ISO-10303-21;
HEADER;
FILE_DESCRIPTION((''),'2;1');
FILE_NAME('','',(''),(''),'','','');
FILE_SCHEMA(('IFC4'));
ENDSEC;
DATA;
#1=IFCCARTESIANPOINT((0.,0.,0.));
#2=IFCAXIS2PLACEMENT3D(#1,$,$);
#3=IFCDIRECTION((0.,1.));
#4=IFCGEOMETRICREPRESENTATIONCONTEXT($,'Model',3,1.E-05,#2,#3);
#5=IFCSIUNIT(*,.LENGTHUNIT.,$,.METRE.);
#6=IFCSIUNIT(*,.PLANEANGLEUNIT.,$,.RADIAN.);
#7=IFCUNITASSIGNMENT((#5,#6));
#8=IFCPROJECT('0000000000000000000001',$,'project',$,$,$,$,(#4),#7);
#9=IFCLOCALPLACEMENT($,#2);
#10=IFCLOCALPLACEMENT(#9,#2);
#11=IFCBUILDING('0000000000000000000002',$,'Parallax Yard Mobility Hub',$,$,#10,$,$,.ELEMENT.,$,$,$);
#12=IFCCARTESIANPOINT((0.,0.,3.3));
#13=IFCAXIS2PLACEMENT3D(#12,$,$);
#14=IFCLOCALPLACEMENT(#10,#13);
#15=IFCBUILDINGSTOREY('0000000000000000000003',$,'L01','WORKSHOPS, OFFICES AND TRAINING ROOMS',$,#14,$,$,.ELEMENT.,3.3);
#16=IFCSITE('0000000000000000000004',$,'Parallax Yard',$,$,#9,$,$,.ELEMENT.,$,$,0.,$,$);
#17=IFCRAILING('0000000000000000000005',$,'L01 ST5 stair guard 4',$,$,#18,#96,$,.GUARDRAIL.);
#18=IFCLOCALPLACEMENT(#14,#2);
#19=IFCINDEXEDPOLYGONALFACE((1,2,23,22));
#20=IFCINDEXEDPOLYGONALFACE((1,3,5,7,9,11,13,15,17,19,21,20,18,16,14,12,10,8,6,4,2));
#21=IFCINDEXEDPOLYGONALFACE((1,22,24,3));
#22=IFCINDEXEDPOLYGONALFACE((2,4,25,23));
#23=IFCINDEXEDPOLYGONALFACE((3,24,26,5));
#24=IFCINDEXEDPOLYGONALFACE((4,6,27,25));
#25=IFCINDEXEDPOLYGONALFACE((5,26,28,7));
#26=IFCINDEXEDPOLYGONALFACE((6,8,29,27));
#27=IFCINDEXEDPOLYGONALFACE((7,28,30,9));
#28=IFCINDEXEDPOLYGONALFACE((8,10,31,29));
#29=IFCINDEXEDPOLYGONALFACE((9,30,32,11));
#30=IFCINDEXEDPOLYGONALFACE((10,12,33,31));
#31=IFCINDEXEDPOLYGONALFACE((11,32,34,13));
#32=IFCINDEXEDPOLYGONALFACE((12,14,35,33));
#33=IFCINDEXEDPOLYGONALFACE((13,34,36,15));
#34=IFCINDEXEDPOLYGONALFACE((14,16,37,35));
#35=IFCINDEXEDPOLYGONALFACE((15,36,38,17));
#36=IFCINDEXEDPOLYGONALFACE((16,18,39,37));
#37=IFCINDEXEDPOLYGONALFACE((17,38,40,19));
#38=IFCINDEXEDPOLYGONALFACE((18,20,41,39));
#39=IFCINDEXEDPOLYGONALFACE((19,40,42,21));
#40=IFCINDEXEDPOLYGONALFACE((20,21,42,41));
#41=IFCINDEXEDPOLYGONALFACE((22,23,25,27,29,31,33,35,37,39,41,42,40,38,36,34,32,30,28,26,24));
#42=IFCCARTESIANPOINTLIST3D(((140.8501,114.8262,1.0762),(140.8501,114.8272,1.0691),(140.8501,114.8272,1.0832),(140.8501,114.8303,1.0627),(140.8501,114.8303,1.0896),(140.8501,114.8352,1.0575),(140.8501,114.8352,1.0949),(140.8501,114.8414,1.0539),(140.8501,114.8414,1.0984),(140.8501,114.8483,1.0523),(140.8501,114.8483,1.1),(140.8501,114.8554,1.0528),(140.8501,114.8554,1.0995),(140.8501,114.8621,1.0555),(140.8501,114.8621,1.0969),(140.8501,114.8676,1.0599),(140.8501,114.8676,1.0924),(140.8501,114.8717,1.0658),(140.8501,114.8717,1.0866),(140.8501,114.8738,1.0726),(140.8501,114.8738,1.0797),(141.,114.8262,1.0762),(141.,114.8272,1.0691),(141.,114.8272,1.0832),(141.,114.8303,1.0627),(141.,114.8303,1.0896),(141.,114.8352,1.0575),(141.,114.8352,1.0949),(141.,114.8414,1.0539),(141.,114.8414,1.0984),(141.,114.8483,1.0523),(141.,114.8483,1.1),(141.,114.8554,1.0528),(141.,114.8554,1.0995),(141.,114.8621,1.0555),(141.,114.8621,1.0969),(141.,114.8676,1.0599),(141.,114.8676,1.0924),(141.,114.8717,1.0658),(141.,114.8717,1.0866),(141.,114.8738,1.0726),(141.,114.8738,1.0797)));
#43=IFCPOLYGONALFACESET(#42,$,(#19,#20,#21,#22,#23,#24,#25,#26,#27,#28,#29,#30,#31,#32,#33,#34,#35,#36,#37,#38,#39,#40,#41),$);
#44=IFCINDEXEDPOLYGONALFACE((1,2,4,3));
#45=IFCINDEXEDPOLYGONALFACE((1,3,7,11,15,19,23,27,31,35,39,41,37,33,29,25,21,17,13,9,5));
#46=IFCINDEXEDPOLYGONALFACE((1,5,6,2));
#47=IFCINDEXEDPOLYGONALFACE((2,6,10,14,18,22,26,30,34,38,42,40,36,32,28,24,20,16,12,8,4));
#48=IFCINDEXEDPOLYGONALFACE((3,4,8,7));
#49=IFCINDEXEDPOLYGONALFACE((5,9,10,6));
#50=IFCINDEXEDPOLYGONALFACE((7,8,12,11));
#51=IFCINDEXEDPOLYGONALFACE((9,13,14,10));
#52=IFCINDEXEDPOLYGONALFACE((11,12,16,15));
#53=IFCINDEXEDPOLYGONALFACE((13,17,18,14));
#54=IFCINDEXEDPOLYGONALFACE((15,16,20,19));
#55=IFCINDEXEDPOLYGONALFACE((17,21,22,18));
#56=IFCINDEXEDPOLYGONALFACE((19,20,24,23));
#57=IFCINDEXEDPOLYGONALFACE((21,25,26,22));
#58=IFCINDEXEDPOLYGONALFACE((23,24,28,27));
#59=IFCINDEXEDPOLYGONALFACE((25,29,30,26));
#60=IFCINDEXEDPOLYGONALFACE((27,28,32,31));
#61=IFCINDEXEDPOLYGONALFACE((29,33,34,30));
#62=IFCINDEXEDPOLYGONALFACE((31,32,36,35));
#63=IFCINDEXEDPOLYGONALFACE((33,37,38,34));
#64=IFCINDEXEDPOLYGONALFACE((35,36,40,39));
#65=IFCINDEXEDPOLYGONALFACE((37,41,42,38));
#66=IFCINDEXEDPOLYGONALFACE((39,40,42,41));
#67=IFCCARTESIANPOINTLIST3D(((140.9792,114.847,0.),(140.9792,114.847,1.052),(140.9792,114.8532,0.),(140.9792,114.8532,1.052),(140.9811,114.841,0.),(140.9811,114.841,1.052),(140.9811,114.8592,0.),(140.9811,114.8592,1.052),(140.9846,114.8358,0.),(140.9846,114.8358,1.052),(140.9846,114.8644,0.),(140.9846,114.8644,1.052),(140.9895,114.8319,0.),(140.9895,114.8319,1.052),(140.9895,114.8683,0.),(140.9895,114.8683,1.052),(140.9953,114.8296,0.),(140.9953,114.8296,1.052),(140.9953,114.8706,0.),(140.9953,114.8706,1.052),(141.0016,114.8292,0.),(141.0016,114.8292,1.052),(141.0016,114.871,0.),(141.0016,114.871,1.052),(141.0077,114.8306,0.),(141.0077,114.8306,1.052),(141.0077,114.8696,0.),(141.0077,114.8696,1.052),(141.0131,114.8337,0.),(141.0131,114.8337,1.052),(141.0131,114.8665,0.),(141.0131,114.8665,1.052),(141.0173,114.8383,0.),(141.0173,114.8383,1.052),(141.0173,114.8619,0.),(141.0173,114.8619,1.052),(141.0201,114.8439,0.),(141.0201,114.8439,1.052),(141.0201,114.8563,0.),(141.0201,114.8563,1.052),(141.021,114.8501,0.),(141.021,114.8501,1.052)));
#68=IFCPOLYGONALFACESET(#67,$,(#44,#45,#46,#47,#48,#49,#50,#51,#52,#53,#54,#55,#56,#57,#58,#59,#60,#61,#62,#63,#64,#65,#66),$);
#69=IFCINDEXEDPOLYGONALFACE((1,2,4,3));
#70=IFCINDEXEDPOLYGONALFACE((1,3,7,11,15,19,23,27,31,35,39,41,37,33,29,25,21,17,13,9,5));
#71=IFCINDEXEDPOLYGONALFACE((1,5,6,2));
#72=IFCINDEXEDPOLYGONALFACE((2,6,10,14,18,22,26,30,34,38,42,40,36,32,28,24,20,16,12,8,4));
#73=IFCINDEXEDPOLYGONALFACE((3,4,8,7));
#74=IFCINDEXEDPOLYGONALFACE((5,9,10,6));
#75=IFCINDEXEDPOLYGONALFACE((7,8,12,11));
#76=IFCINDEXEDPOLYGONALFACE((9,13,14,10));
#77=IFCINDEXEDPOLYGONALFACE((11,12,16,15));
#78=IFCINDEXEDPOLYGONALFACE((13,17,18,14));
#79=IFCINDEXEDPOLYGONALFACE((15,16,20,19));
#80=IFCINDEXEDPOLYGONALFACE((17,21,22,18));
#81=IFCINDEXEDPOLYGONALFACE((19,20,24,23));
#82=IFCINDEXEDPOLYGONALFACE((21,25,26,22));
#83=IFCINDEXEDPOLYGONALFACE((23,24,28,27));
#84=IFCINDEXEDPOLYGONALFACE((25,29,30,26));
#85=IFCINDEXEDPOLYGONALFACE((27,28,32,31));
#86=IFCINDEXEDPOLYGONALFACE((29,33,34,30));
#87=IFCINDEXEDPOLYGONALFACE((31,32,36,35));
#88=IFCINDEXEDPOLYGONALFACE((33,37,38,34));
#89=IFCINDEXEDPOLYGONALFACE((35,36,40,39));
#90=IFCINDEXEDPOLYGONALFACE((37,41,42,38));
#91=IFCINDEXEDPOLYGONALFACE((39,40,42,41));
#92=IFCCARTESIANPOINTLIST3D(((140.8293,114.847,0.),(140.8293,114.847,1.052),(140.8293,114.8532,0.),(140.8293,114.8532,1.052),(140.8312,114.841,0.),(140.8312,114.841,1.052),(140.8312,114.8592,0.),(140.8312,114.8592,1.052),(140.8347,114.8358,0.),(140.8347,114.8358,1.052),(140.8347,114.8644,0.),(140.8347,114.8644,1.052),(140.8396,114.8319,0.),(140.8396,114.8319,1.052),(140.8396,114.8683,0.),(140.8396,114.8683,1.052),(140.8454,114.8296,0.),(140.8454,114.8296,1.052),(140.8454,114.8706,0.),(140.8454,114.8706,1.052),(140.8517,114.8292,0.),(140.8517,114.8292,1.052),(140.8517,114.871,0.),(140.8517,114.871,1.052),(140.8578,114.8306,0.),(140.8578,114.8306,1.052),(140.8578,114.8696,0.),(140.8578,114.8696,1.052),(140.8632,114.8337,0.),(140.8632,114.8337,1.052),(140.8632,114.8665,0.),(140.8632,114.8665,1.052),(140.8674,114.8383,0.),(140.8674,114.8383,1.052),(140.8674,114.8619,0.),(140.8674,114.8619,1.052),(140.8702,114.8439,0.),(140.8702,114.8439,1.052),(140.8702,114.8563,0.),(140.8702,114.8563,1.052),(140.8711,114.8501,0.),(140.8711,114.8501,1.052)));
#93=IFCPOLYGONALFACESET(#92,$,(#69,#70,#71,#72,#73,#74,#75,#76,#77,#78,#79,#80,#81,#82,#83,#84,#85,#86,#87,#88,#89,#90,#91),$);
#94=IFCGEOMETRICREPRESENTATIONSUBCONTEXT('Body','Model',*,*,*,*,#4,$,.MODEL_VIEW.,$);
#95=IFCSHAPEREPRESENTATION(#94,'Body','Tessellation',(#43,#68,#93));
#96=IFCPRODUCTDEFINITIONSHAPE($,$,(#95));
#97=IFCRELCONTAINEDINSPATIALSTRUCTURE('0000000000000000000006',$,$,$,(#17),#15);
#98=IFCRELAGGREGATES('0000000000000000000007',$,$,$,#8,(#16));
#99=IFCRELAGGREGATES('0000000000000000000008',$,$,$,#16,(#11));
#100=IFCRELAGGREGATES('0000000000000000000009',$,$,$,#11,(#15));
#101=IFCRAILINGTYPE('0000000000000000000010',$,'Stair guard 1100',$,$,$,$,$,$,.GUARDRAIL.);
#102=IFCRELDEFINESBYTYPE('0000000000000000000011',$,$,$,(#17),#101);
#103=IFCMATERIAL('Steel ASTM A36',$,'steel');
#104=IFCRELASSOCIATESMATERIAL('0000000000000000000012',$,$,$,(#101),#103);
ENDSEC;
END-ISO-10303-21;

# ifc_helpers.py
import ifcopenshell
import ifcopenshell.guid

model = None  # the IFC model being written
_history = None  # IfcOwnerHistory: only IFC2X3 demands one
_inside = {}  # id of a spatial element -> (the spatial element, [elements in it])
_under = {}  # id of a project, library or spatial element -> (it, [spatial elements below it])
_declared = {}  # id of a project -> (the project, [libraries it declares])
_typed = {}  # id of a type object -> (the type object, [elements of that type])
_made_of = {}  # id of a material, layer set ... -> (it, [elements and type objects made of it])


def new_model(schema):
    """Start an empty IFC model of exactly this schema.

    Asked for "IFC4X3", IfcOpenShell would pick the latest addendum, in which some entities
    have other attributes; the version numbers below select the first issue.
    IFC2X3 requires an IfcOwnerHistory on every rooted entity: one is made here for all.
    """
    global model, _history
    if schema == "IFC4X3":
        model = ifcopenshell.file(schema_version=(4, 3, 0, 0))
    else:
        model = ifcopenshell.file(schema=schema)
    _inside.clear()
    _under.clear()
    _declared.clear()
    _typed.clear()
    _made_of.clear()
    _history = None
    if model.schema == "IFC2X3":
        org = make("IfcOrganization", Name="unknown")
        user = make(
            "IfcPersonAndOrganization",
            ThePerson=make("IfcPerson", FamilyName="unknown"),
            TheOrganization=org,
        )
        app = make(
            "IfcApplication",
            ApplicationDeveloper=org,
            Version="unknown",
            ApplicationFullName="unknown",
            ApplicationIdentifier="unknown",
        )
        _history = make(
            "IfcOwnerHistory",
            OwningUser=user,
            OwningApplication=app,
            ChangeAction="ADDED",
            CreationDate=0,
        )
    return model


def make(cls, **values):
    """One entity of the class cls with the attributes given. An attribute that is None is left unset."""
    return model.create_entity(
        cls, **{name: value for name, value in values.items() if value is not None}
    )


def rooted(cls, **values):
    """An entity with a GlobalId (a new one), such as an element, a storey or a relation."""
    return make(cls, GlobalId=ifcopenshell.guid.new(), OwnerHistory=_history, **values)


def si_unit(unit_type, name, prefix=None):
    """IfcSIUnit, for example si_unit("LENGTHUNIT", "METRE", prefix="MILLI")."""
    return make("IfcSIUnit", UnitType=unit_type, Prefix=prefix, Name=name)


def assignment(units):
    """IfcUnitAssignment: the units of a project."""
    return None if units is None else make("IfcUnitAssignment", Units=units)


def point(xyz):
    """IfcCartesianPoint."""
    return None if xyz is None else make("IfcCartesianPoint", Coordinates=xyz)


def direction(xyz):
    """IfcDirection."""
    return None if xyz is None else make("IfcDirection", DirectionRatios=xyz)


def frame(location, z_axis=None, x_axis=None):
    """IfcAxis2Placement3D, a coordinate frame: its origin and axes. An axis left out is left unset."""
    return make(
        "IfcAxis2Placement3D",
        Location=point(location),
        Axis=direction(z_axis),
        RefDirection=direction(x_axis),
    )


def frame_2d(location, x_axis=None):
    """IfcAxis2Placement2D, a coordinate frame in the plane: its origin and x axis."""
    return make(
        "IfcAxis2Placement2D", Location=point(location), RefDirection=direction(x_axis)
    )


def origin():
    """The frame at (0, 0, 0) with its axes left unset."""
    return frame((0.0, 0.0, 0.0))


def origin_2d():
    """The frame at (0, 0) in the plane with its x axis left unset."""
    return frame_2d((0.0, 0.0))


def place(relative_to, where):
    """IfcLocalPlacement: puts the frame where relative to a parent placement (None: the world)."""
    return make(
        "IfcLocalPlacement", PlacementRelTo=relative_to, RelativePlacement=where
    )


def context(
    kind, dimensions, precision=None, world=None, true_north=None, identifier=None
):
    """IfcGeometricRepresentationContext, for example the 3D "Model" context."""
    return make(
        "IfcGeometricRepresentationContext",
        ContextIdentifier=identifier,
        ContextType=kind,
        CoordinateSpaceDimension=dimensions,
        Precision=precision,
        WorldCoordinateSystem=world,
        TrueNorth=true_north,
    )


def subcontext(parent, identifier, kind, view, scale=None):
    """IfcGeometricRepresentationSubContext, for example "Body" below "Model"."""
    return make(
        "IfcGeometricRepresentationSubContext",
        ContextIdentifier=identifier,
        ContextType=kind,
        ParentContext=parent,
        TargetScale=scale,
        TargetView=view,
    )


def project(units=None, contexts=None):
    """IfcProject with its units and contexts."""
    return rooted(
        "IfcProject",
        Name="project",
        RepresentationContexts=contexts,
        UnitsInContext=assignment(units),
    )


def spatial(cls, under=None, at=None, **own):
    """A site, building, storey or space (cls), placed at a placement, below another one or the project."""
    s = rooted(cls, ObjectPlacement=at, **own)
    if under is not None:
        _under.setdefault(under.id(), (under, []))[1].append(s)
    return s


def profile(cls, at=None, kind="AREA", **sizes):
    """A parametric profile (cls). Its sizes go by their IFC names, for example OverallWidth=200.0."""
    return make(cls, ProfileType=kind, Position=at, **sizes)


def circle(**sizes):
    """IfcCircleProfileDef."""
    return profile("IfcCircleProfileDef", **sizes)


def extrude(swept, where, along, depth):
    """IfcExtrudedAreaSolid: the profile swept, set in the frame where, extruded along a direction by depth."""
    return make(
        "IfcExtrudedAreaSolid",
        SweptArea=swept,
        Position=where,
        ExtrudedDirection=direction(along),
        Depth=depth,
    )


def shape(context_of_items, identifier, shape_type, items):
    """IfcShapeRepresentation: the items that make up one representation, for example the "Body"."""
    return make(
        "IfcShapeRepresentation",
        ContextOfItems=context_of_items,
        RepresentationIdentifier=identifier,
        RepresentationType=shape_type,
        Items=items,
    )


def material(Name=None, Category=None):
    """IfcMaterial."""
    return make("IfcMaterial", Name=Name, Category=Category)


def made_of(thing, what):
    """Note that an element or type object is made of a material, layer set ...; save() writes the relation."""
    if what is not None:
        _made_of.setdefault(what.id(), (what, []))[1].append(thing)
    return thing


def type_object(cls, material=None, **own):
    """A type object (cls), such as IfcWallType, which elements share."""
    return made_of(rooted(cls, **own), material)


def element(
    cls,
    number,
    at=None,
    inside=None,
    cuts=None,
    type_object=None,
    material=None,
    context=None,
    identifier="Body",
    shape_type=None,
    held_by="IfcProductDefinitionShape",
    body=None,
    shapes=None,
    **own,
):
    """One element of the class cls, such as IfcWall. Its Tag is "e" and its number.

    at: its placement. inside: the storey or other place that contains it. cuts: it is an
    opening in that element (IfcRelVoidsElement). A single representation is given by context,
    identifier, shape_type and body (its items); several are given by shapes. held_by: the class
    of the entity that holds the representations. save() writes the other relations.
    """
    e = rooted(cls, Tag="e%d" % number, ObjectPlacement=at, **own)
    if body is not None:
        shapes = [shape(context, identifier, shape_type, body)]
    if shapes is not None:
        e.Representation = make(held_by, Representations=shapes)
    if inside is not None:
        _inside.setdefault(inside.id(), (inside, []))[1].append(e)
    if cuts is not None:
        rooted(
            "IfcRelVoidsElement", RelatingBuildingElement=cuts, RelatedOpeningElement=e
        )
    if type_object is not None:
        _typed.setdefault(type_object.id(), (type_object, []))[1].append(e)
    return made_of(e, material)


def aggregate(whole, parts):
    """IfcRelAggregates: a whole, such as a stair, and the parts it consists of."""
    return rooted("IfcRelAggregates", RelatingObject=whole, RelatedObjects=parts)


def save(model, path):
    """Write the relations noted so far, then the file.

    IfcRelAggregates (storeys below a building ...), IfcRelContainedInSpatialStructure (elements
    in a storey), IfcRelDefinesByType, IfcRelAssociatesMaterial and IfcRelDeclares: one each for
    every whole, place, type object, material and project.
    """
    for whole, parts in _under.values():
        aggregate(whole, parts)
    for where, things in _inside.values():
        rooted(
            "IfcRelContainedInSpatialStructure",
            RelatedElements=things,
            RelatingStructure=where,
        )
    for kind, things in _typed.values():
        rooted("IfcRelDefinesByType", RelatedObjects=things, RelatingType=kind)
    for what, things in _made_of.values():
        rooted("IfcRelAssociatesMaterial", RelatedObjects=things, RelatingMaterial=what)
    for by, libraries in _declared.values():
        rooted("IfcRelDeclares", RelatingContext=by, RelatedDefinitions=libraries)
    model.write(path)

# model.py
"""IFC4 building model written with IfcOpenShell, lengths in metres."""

from ifc_helpers import new_model, si_unit, direction, frame, origin, origin_2d, place, context, subcontext, project, spatial, circle, extrude, material, type_object, element, save


model = new_model("IFC4")

# Units and contexts
model_context = context("Model", 3, precision=1e-05, world=origin(), true_north=direction((0.0, 1.0)))
body_context = subcontext(model_context, "Body", "Model", "MODEL_VIEW")
ifc_project = project(units=[si_unit("LENGTHUNIT", "METRE"), si_unit("PLANEANGLEUNIT", "RADIAN")], contexts=[model_context])

# Site, building, storey
site_placement = place(None, origin())
site = spatial("IfcSite", under=ifc_project, at=site_placement, Name="Parallax Yard", CompositionType="ELEMENT", RefElevation=0.0)
building_placement = place(site_placement, origin())
building = spatial("IfcBuilding", under=site, at=building_placement, Name="Parallax Yard Mobility Hub", CompositionType="ELEMENT")
storey_placement = place(building_placement, frame((0.0, 0.0, 3.3)))
storey = spatial("IfcBuildingStorey", under=building, at=storey_placement, Name="L01", Description="WORKSHOPS, OFFICES AND TRAINING ROOMS", CompositionType="ELEMENT", Elevation=3.3)

# Railing
ifc_material_1 = material(Name="Steel ASTM A36", Category="steel")
railing_type_1 = type_object("IfcRailingType", Name="Stair guard 1100", PredefinedType="GUARDRAIL", material=ifc_material_1)
railing_1_placement = place(storey_placement, frame((141.0, 114.8501, 0.0)))
element("IfcRailing", 1, at=railing_1_placement, inside=storey, type_object=railing_type_1, Name="L01 ST5 stair guard 4", PredefinedType="GUARDRAIL", context=body_context, shape_type="SweptSolid", body=[
    extrude(circle(Radius=0.0239, at=origin_2d()), frame((0.0, 0.0, 1.0762), z_axis=(-1.0, 0.0, 0.0), x_axis=(0.0, -1.0, 0.0)), (0.0, 0.0, 1.0), 0.1499),
    extrude(circle(Radius=0.021, at=origin_2d()), origin(), (0.0, 0.0, 1.0), 1.052),
    extrude(circle(Radius=0.021, at=origin_2d()), frame((-0.1499, 0.0, 0.0)), (0.0, 0.0, 1.0), 1.052),
])

save(model, "model.ifc")
